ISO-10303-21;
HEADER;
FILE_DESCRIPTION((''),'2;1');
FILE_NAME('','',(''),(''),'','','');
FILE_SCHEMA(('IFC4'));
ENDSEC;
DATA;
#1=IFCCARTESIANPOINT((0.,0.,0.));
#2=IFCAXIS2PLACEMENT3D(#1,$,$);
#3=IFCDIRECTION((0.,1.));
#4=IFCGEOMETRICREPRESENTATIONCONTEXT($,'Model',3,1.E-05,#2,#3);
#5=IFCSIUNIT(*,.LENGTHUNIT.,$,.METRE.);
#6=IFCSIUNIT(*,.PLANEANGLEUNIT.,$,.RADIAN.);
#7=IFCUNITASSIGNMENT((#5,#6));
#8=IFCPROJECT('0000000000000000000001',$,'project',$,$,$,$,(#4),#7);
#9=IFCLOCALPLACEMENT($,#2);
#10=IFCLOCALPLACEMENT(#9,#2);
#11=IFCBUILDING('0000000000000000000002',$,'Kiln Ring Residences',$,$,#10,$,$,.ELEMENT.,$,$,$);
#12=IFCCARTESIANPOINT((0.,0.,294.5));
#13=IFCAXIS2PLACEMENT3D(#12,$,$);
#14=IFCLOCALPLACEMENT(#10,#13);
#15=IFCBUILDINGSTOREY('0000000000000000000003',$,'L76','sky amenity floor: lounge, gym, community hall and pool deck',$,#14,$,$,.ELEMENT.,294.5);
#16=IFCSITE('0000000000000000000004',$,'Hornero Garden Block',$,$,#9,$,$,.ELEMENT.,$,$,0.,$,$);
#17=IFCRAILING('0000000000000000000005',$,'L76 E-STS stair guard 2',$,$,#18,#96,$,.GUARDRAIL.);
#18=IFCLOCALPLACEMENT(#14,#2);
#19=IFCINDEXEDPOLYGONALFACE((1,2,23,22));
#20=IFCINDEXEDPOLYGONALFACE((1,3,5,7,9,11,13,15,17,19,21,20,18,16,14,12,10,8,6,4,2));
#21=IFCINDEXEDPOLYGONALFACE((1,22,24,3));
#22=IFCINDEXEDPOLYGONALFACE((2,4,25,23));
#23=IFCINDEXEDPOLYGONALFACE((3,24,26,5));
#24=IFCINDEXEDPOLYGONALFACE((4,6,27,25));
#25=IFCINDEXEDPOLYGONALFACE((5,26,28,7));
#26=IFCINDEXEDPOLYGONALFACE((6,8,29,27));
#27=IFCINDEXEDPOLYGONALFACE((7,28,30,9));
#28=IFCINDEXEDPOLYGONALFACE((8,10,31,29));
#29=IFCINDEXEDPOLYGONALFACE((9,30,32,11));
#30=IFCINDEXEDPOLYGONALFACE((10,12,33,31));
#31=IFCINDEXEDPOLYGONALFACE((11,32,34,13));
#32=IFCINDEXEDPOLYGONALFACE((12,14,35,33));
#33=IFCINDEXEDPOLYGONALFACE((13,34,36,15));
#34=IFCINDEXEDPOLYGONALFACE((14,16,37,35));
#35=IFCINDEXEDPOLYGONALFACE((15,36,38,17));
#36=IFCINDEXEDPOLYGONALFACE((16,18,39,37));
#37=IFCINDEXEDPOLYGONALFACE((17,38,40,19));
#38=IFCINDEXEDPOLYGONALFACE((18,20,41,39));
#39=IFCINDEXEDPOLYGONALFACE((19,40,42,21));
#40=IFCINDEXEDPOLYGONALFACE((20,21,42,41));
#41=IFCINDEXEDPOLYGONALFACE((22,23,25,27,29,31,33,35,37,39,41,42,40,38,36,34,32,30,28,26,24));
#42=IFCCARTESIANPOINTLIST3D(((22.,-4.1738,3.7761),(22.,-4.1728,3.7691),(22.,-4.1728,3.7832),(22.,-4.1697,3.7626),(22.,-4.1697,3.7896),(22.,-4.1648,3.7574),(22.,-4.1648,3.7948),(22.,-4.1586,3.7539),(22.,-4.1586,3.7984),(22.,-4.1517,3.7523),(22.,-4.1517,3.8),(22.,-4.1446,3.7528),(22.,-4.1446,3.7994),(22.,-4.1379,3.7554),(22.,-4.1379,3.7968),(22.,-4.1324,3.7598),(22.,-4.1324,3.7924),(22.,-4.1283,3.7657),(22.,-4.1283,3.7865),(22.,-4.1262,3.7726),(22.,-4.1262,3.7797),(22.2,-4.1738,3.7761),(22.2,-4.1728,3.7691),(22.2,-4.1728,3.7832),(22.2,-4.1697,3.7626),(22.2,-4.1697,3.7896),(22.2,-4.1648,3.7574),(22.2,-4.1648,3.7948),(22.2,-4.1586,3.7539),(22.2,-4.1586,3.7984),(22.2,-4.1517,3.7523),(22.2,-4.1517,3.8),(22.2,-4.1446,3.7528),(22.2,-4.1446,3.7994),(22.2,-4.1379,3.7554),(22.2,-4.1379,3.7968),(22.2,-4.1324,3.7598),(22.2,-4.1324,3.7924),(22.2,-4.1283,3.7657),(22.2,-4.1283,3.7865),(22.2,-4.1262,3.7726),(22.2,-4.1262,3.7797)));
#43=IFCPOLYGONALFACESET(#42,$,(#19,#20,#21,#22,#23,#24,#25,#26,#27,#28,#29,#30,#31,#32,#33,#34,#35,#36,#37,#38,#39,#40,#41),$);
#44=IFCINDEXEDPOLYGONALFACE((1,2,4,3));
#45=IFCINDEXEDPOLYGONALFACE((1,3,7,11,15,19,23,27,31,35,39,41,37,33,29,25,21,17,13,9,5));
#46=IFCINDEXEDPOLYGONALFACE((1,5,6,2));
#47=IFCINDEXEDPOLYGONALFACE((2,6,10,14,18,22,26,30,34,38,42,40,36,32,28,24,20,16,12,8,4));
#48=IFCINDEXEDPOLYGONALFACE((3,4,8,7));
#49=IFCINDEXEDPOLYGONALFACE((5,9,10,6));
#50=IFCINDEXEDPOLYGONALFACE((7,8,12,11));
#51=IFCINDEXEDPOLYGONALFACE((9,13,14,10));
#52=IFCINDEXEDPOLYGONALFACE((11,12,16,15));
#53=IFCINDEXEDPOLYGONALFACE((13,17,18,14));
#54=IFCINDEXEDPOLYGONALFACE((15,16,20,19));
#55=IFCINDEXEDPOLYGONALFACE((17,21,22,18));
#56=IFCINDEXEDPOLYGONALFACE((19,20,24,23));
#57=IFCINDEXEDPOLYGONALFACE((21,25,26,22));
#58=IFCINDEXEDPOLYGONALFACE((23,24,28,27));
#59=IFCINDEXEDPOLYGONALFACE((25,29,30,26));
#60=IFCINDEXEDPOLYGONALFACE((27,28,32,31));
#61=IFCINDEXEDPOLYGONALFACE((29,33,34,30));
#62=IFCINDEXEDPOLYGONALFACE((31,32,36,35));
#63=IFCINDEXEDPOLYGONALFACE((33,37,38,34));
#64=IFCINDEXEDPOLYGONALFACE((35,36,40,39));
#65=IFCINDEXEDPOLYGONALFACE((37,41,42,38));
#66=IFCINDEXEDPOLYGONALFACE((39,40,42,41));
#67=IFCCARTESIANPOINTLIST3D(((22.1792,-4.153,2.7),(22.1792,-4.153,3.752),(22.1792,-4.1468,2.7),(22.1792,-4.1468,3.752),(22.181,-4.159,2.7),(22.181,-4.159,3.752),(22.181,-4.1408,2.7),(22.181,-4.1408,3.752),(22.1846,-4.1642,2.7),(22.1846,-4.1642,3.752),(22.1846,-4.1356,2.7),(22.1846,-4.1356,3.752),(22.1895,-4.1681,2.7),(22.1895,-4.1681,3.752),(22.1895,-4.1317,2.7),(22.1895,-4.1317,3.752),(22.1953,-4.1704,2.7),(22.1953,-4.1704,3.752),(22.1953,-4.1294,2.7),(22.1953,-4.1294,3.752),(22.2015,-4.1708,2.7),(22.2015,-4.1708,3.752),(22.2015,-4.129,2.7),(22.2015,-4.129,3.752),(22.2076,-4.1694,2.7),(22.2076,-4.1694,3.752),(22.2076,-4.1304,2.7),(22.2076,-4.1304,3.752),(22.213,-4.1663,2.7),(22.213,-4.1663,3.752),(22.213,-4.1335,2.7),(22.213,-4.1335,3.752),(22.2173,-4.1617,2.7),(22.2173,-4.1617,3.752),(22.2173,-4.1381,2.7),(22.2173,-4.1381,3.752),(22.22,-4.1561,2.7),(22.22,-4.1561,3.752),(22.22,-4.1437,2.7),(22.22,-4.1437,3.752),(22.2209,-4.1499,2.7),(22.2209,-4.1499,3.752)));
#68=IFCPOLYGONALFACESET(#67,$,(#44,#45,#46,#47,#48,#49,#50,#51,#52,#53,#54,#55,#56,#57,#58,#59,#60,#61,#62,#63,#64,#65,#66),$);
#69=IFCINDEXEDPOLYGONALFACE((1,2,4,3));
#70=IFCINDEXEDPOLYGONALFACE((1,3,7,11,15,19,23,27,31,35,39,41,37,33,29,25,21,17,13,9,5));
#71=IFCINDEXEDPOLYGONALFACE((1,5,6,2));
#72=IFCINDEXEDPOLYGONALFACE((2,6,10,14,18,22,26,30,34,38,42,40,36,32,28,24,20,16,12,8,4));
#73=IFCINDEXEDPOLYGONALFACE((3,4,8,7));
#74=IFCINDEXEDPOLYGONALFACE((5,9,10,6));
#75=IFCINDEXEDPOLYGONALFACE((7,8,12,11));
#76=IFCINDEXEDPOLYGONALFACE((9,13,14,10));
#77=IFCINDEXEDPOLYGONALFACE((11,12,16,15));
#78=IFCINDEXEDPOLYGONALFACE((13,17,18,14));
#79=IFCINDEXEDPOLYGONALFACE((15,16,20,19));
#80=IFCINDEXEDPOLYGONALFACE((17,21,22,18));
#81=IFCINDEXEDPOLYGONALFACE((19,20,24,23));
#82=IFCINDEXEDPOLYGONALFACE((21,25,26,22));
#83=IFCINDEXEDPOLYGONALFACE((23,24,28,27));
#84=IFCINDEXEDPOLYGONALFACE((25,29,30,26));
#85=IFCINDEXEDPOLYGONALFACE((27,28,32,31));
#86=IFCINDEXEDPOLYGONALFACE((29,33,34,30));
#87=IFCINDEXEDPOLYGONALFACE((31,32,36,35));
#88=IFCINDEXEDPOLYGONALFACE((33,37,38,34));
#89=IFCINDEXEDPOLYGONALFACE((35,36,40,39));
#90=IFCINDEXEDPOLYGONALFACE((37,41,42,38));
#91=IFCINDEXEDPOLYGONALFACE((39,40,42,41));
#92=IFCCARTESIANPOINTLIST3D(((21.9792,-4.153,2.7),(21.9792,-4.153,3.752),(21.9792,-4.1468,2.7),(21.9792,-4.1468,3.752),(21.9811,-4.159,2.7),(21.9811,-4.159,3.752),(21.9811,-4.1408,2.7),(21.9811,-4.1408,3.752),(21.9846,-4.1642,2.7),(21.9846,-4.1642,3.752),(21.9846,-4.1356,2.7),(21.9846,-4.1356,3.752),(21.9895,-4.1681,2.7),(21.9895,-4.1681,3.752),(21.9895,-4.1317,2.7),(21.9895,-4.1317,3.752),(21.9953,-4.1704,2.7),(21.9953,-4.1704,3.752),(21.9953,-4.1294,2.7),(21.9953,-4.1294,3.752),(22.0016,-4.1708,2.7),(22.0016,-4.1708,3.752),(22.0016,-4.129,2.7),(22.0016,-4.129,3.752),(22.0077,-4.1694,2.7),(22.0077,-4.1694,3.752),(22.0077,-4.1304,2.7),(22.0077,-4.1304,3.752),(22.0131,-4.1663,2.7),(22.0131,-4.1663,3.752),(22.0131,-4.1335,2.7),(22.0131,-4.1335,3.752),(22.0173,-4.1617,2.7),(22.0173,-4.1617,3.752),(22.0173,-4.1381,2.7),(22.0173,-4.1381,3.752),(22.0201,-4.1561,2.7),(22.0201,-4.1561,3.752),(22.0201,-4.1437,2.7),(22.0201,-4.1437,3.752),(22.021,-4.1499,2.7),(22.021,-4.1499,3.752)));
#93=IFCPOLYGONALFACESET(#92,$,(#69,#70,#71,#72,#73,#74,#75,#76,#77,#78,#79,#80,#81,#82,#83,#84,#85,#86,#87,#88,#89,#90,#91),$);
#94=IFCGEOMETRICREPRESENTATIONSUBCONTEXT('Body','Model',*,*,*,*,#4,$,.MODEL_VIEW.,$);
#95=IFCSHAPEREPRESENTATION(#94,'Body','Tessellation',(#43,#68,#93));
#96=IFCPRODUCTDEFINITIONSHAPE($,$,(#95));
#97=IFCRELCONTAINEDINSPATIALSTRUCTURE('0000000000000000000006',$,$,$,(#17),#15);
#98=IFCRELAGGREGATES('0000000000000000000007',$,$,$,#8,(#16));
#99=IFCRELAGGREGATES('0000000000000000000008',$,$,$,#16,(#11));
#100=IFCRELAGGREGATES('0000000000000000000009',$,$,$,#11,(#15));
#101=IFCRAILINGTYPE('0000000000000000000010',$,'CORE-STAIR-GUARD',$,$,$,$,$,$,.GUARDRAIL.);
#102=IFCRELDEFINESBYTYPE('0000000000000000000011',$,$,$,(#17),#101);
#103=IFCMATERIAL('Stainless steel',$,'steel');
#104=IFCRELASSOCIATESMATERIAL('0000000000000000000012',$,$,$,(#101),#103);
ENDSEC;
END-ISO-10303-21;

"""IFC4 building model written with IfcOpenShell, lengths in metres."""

from ifc_helpers import new_model, si_unit, direction, frame, origin, origin_2d, place, context, subcontext, project, spatial, circle, extrude, material, type_object, element, save


model = new_model("IFC4")

# Units and contexts
model_context = context("Model", 3, precision=1e-05, world=origin(), true_north=direction((0.0, 1.0)))
body_context = subcontext(model_context, "Body", "Model", "MODEL_VIEW")
ifc_project = project(units=[si_unit("LENGTHUNIT", "METRE"), si_unit("PLANEANGLEUNIT", "RADIAN")], contexts=[model_context])

# Site, building, storey
site_placement = place(None, origin())
site = spatial("IfcSite", under=ifc_project, at=site_placement, Name="Hornero Garden Block", CompositionType="ELEMENT", RefElevation=0.0)
building_placement = place(site_placement, origin())
building = spatial("IfcBuilding", under=site, at=building_placement, Name="Kiln Ring Residences", CompositionType="ELEMENT")
storey_placement = place(building_placement, frame((0.0, 0.0, 294.5)))
storey = spatial("IfcBuildingStorey", under=building, at=storey_placement, Name="L76", Description="sky amenity floor: lounge, gym, community hall and pool deck", CompositionType="ELEMENT", Elevation=294.5)

# Railing
ifc_material_1 = material(Name="Stainless steel", Category="steel")
railing_type_1 = type_object("IfcRailingType", Name="CORE-STAIR-GUARD", PredefinedType="GUARDRAIL", material=ifc_material_1)
railing_1_placement = place(storey_placement, frame((22.2, -4.1499, 2.7)))
element("IfcRailing", 1, at=railing_1_placement, inside=storey, type_object=railing_type_1, Name="L76 E-STS stair guard 2", PredefinedType="GUARDRAIL", context=body_context, shape_type="SweptSolid", body=[
    extrude(circle(Radius=0.0239, at=origin_2d()), frame((0.0, 0.0, 1.0762), z_axis=(-1.0, 0.0, 0.0), x_axis=(0.0, -1.0, 0.0)), (0.0, 0.0, 1.0), 0.2),
    extrude(circle(Radius=0.021, at=origin_2d()), origin(), (0.0, 0.0, 1.0), 1.052),
    extrude(circle(Radius=0.021, at=origin_2d()), frame((-0.2, 0.0, 0.0)), (0.0, 0.0, 1.0), 1.052),
])

save(model, "model.ifc")
